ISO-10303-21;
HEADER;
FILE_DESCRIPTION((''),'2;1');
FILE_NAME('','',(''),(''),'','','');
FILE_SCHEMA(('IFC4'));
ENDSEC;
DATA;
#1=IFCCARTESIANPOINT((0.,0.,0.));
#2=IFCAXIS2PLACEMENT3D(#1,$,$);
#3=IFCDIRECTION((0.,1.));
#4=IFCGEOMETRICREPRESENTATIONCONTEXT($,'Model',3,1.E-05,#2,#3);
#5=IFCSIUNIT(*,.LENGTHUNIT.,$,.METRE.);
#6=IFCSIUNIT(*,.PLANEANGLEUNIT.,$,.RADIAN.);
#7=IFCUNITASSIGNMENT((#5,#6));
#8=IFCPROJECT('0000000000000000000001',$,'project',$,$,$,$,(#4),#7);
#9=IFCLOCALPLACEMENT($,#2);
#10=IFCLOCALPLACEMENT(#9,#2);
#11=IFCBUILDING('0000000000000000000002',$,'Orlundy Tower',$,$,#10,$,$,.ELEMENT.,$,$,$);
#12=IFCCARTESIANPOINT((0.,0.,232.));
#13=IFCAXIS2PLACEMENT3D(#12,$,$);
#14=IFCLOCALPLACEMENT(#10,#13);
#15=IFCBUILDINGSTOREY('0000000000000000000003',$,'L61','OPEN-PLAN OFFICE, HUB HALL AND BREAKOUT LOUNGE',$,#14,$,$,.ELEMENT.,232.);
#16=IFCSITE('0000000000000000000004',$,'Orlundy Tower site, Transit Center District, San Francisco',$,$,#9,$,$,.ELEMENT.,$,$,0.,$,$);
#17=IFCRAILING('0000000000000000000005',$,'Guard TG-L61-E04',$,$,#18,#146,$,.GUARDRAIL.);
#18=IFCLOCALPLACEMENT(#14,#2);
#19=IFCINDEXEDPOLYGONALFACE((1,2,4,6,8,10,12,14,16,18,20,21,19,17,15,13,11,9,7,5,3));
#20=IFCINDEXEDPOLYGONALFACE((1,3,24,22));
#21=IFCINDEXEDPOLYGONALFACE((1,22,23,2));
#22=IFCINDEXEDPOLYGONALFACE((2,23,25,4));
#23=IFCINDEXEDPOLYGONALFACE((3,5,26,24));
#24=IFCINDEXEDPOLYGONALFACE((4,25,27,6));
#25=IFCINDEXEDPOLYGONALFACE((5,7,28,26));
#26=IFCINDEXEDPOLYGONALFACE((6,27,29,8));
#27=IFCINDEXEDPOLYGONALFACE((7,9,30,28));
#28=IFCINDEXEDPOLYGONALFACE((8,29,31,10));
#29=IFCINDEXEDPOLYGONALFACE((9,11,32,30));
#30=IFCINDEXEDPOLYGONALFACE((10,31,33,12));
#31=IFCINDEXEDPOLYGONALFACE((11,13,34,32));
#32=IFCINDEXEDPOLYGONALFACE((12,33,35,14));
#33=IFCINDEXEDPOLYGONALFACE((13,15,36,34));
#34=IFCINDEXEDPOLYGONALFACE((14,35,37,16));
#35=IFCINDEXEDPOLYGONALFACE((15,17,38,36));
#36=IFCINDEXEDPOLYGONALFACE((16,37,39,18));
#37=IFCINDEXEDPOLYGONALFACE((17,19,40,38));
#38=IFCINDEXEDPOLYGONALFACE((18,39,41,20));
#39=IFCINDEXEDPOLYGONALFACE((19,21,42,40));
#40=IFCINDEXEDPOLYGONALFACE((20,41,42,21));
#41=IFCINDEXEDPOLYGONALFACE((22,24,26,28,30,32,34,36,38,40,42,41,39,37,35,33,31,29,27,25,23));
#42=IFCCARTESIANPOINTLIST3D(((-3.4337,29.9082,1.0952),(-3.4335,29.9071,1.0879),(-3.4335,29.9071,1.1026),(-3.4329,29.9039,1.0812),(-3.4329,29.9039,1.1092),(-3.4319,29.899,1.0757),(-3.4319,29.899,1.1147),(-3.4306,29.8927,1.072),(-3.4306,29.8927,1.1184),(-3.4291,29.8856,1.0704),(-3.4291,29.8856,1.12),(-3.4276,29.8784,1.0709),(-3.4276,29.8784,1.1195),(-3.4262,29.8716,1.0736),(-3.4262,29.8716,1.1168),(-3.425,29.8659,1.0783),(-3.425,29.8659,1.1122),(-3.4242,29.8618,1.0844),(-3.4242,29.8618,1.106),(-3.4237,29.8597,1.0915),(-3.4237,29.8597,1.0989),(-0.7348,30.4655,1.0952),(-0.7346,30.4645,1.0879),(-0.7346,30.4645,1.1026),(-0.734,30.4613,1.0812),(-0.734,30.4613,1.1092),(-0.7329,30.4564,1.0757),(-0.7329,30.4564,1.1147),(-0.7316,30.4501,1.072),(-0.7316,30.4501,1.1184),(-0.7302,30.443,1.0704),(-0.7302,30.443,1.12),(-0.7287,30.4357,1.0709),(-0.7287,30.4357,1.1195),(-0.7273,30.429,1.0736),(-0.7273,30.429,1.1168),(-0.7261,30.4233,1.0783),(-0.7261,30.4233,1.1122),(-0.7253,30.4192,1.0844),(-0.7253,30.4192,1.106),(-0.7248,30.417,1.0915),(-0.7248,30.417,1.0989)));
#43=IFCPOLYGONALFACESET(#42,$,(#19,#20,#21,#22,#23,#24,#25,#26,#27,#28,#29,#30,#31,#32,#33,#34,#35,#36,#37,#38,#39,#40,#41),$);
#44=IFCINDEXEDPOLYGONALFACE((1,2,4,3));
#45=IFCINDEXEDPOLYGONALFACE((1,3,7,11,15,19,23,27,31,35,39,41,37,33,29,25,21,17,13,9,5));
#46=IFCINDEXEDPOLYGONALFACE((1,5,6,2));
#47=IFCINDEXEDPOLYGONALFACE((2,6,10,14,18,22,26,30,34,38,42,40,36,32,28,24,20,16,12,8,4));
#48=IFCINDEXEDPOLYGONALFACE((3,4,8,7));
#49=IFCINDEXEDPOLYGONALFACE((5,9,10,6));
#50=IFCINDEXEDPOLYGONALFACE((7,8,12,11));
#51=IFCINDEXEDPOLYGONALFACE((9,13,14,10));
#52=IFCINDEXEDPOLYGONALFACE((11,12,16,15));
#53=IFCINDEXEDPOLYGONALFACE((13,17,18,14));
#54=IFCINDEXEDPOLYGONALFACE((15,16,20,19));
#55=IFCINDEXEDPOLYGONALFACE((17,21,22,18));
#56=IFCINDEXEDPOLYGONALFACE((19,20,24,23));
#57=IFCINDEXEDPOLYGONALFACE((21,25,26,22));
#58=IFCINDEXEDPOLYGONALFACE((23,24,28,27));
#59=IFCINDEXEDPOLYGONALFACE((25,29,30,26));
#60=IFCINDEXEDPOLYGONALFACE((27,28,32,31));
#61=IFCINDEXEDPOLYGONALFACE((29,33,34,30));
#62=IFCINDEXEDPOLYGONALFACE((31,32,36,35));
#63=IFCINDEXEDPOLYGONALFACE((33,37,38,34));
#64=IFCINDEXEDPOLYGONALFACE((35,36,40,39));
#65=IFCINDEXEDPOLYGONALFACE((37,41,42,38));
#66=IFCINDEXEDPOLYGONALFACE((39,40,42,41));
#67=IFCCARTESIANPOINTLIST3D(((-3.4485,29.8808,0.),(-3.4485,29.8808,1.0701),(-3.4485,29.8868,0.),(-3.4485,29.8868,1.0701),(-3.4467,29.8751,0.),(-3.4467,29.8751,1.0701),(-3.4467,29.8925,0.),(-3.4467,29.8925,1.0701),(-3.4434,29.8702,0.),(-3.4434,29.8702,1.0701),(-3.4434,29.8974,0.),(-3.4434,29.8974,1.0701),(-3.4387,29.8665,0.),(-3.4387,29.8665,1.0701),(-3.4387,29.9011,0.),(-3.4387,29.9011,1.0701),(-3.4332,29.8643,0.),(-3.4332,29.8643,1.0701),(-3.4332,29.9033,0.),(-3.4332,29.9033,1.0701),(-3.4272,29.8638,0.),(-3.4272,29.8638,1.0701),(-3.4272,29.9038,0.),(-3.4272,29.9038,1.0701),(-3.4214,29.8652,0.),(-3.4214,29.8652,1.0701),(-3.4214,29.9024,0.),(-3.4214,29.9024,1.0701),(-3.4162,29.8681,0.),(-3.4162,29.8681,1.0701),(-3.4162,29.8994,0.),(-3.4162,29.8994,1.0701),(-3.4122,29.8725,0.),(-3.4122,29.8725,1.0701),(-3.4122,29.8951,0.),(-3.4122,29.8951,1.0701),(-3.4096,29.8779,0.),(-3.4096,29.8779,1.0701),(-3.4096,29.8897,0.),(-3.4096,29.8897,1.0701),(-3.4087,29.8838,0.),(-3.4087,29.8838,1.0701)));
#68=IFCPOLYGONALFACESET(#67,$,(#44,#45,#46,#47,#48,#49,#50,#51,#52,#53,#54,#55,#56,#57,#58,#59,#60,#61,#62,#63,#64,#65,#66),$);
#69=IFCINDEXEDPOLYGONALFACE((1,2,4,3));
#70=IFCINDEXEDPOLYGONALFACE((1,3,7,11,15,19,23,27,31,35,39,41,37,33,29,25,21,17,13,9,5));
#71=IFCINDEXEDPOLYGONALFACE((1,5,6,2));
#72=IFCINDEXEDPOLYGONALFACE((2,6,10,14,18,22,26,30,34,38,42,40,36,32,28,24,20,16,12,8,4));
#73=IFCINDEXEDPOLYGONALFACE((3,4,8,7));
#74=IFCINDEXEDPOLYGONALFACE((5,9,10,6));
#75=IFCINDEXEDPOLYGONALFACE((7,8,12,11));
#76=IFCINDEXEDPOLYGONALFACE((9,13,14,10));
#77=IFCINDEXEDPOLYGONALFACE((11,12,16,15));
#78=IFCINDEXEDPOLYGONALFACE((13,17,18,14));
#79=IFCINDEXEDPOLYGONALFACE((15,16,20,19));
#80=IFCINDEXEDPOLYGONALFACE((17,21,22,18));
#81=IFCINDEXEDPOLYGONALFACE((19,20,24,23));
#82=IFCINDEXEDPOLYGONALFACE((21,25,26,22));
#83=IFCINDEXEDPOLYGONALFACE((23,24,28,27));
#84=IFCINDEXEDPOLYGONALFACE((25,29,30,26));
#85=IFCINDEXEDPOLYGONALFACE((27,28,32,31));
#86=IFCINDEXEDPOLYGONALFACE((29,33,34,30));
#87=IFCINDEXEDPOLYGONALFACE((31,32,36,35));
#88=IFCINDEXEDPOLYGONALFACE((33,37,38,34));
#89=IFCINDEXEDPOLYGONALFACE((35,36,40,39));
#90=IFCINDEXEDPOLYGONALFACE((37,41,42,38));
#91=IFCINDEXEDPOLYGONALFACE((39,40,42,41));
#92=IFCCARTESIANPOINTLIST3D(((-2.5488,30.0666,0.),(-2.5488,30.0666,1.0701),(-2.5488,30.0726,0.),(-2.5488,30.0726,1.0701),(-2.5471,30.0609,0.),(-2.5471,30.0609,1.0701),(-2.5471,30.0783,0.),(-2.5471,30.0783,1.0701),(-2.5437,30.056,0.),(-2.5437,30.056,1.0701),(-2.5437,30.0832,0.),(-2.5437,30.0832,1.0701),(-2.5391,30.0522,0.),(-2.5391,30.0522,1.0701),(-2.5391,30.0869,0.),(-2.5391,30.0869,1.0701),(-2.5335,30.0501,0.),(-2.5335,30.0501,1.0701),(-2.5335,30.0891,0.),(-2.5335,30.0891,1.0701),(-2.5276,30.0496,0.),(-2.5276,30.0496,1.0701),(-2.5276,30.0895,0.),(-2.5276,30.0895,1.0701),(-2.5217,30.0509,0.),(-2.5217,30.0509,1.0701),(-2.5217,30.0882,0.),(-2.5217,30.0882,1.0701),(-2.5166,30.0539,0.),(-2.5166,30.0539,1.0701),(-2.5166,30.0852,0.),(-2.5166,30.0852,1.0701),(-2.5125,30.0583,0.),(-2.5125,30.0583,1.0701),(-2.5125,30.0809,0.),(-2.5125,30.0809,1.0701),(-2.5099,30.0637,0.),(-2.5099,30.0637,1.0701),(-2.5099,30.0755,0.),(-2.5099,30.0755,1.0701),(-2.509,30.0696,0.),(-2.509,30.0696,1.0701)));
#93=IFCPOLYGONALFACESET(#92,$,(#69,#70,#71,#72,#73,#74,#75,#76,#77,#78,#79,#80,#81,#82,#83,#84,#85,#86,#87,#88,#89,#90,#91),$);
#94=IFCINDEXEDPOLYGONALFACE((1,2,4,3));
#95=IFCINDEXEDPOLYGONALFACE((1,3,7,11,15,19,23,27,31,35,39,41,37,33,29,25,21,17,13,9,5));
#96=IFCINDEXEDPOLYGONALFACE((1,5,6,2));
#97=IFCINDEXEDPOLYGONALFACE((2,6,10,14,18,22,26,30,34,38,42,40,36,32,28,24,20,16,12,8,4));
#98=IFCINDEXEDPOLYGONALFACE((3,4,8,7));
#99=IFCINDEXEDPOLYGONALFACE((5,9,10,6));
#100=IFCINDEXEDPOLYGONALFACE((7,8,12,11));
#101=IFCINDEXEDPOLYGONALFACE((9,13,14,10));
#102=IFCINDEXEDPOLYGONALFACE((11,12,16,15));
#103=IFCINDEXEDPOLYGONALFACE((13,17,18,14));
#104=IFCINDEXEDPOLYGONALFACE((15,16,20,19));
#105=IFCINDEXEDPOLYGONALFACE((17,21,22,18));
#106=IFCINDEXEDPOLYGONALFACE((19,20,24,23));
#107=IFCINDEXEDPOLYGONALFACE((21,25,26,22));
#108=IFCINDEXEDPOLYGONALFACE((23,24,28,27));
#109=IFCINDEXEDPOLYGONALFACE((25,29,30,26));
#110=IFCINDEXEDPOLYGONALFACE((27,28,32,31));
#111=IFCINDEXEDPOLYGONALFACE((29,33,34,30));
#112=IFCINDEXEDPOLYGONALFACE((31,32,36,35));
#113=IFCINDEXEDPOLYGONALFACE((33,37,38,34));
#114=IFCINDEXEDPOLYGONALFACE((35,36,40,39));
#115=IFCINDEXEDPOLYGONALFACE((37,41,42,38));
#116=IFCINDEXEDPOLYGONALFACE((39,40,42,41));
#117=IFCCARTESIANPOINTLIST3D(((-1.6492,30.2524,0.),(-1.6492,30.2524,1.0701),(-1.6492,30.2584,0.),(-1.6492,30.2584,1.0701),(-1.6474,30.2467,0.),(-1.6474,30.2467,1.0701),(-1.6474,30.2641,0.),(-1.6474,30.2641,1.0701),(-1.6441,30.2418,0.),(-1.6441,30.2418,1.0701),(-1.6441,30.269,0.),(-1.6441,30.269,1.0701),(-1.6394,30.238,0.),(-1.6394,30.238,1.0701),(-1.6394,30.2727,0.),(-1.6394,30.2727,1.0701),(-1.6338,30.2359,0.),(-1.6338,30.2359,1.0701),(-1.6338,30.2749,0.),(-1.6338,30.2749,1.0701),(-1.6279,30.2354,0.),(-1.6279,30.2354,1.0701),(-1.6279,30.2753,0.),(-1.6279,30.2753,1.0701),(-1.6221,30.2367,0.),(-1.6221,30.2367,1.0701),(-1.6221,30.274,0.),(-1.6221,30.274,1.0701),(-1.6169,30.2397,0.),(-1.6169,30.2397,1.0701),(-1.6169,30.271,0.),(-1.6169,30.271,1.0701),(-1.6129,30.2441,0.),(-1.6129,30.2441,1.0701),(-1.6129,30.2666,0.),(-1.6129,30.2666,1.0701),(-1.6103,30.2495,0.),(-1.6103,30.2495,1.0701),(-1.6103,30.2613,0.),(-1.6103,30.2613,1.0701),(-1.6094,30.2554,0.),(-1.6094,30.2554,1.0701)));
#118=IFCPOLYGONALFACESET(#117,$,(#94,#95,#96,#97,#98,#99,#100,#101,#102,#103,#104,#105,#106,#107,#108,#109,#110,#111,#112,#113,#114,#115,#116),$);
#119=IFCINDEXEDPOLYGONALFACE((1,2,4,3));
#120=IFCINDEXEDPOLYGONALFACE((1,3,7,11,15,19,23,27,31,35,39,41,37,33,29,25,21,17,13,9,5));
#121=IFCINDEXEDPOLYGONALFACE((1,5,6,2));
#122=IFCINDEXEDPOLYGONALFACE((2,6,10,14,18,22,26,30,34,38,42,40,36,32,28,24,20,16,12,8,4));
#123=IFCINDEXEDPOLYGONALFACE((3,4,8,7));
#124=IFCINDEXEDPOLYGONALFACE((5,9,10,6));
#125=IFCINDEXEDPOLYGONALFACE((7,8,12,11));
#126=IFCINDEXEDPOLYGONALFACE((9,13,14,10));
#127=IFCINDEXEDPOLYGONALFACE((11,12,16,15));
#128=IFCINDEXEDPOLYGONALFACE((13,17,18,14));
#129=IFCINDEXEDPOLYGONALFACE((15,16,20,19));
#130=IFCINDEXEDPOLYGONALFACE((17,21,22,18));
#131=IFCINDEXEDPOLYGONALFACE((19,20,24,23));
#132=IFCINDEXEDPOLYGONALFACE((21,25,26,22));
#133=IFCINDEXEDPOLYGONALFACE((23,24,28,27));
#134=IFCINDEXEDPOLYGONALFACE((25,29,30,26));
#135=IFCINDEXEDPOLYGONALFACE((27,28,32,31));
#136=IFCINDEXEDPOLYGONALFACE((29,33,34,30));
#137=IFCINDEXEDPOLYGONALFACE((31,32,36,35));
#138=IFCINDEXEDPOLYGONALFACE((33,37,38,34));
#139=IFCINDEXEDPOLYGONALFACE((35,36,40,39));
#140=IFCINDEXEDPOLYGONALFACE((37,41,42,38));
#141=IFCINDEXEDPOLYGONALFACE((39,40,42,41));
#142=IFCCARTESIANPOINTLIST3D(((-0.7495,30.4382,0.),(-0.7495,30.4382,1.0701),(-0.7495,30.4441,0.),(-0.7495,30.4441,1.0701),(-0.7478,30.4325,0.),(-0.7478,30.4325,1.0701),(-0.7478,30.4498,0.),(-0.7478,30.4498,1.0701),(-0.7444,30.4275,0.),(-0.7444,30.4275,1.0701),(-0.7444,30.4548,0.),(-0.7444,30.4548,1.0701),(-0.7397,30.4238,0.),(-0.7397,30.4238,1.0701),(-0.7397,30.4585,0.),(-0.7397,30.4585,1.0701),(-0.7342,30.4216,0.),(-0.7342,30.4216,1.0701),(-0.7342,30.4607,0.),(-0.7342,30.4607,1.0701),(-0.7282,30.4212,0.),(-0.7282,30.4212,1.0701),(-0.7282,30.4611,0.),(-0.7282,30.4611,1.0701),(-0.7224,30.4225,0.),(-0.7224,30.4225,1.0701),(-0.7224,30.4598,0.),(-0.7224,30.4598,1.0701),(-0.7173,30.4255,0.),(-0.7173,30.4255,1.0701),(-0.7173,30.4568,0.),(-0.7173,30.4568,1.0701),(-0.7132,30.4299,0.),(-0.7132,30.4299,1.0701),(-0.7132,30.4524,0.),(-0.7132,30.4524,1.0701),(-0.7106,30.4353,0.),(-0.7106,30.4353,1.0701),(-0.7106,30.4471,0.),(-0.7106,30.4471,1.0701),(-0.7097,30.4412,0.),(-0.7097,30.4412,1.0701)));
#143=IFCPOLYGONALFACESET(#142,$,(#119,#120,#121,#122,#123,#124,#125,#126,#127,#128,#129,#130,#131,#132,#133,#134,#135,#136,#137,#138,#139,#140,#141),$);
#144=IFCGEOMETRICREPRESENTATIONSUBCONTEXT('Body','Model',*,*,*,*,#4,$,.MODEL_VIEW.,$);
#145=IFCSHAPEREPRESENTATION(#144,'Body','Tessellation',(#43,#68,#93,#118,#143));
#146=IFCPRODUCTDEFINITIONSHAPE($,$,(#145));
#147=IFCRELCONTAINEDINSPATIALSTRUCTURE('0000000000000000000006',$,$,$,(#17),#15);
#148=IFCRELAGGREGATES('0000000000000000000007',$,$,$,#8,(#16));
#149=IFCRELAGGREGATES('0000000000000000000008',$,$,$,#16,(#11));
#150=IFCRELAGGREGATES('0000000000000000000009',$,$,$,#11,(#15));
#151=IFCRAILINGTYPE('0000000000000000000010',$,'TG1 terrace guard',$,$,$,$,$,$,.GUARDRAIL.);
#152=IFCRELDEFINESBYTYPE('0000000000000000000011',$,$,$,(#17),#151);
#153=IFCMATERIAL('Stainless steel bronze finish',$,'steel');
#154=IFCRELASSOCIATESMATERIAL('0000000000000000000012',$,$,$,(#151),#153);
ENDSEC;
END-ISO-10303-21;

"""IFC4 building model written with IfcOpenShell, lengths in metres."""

from ifc_helpers import new_model, si_unit, direction, frame, origin, origin_2d, place, context, subcontext, project, spatial, circle, extrude, material, type_object, element, save


model = new_model("IFC4")

# Units and contexts
model_context = context("Model", 3, precision=1e-05, world=origin(), true_north=direction((0.0, 1.0)))
body_context = subcontext(model_context, "Body", "Model", "MODEL_VIEW")
ifc_project = project(units=[si_unit("LENGTHUNIT", "METRE"), si_unit("PLANEANGLEUNIT", "RADIAN")], contexts=[model_context])

# Site, building, storey
site_placement = place(None, origin())
site = spatial("IfcSite", under=ifc_project, at=site_placement, Name="Orlundy Tower site, Transit Center District, San Francisco", CompositionType="ELEMENT", RefElevation=0.0)
building_placement = place(site_placement, origin())
building = spatial("IfcBuilding", under=site, at=building_placement, Name="Orlundy Tower", CompositionType="ELEMENT")
storey_placement = place(building_placement, frame((0.0, 0.0, 232.0)))
storey = spatial("IfcBuildingStorey", under=building, at=storey_placement, Name="L61", Description="OPEN-PLAN OFFICE, HUB HALL AND BREAKOUT LOUNGE", CompositionType="ELEMENT", Elevation=232.0)

# Railing
ifc_material_1 = material(Name="Stainless steel bronze finish", Category="steel")
railing_type = type_object("IfcRailingType", Name="TG1 terrace guard", PredefinedType="GUARDRAIL", material=ifc_material_1)
railing_1_placement = place(storey_placement, frame((-3.4287, 29.8838, 0.0)))
element("IfcRailing", 1, at=railing_1_placement, inside=storey, type_object=railing_type, Name="Guard TG-L61-E04", PredefinedType="GUARDRAIL", context=body_context, shape_type="SweptSolid", body=[
    extrude(circle(Radius=0.0249, at=origin_2d()), frame((0.0, 0.0, 1.0952), z_axis=(0.979335, 0.202245, 0.0), x_axis=(-0.202245, 0.979335, 0.0)), (0.0, 0.0, 1.0), 2.7559),
    extrude(circle(Radius=0.02, at=origin_2d()), origin(), (0.0, 0.0, 1.0), 1.0701),
    extrude(circle(Radius=0.02, at=origin_2d()), frame((0.8997, 0.1858, 0.0)), (0.0, 0.0, 1.0), 1.0701),
    extrude(circle(Radius=0.02, at=origin_2d()), frame((1.7993, 0.3716, 0.0)), (0.0, 0.0, 1.0), 1.0701),
    extrude(circle(Radius=0.02, at=origin_2d()), frame((2.699, 0.5574, 0.0)), (0.0, 0.0, 1.0), 1.0701),
])

save(model, "model.ifc")
